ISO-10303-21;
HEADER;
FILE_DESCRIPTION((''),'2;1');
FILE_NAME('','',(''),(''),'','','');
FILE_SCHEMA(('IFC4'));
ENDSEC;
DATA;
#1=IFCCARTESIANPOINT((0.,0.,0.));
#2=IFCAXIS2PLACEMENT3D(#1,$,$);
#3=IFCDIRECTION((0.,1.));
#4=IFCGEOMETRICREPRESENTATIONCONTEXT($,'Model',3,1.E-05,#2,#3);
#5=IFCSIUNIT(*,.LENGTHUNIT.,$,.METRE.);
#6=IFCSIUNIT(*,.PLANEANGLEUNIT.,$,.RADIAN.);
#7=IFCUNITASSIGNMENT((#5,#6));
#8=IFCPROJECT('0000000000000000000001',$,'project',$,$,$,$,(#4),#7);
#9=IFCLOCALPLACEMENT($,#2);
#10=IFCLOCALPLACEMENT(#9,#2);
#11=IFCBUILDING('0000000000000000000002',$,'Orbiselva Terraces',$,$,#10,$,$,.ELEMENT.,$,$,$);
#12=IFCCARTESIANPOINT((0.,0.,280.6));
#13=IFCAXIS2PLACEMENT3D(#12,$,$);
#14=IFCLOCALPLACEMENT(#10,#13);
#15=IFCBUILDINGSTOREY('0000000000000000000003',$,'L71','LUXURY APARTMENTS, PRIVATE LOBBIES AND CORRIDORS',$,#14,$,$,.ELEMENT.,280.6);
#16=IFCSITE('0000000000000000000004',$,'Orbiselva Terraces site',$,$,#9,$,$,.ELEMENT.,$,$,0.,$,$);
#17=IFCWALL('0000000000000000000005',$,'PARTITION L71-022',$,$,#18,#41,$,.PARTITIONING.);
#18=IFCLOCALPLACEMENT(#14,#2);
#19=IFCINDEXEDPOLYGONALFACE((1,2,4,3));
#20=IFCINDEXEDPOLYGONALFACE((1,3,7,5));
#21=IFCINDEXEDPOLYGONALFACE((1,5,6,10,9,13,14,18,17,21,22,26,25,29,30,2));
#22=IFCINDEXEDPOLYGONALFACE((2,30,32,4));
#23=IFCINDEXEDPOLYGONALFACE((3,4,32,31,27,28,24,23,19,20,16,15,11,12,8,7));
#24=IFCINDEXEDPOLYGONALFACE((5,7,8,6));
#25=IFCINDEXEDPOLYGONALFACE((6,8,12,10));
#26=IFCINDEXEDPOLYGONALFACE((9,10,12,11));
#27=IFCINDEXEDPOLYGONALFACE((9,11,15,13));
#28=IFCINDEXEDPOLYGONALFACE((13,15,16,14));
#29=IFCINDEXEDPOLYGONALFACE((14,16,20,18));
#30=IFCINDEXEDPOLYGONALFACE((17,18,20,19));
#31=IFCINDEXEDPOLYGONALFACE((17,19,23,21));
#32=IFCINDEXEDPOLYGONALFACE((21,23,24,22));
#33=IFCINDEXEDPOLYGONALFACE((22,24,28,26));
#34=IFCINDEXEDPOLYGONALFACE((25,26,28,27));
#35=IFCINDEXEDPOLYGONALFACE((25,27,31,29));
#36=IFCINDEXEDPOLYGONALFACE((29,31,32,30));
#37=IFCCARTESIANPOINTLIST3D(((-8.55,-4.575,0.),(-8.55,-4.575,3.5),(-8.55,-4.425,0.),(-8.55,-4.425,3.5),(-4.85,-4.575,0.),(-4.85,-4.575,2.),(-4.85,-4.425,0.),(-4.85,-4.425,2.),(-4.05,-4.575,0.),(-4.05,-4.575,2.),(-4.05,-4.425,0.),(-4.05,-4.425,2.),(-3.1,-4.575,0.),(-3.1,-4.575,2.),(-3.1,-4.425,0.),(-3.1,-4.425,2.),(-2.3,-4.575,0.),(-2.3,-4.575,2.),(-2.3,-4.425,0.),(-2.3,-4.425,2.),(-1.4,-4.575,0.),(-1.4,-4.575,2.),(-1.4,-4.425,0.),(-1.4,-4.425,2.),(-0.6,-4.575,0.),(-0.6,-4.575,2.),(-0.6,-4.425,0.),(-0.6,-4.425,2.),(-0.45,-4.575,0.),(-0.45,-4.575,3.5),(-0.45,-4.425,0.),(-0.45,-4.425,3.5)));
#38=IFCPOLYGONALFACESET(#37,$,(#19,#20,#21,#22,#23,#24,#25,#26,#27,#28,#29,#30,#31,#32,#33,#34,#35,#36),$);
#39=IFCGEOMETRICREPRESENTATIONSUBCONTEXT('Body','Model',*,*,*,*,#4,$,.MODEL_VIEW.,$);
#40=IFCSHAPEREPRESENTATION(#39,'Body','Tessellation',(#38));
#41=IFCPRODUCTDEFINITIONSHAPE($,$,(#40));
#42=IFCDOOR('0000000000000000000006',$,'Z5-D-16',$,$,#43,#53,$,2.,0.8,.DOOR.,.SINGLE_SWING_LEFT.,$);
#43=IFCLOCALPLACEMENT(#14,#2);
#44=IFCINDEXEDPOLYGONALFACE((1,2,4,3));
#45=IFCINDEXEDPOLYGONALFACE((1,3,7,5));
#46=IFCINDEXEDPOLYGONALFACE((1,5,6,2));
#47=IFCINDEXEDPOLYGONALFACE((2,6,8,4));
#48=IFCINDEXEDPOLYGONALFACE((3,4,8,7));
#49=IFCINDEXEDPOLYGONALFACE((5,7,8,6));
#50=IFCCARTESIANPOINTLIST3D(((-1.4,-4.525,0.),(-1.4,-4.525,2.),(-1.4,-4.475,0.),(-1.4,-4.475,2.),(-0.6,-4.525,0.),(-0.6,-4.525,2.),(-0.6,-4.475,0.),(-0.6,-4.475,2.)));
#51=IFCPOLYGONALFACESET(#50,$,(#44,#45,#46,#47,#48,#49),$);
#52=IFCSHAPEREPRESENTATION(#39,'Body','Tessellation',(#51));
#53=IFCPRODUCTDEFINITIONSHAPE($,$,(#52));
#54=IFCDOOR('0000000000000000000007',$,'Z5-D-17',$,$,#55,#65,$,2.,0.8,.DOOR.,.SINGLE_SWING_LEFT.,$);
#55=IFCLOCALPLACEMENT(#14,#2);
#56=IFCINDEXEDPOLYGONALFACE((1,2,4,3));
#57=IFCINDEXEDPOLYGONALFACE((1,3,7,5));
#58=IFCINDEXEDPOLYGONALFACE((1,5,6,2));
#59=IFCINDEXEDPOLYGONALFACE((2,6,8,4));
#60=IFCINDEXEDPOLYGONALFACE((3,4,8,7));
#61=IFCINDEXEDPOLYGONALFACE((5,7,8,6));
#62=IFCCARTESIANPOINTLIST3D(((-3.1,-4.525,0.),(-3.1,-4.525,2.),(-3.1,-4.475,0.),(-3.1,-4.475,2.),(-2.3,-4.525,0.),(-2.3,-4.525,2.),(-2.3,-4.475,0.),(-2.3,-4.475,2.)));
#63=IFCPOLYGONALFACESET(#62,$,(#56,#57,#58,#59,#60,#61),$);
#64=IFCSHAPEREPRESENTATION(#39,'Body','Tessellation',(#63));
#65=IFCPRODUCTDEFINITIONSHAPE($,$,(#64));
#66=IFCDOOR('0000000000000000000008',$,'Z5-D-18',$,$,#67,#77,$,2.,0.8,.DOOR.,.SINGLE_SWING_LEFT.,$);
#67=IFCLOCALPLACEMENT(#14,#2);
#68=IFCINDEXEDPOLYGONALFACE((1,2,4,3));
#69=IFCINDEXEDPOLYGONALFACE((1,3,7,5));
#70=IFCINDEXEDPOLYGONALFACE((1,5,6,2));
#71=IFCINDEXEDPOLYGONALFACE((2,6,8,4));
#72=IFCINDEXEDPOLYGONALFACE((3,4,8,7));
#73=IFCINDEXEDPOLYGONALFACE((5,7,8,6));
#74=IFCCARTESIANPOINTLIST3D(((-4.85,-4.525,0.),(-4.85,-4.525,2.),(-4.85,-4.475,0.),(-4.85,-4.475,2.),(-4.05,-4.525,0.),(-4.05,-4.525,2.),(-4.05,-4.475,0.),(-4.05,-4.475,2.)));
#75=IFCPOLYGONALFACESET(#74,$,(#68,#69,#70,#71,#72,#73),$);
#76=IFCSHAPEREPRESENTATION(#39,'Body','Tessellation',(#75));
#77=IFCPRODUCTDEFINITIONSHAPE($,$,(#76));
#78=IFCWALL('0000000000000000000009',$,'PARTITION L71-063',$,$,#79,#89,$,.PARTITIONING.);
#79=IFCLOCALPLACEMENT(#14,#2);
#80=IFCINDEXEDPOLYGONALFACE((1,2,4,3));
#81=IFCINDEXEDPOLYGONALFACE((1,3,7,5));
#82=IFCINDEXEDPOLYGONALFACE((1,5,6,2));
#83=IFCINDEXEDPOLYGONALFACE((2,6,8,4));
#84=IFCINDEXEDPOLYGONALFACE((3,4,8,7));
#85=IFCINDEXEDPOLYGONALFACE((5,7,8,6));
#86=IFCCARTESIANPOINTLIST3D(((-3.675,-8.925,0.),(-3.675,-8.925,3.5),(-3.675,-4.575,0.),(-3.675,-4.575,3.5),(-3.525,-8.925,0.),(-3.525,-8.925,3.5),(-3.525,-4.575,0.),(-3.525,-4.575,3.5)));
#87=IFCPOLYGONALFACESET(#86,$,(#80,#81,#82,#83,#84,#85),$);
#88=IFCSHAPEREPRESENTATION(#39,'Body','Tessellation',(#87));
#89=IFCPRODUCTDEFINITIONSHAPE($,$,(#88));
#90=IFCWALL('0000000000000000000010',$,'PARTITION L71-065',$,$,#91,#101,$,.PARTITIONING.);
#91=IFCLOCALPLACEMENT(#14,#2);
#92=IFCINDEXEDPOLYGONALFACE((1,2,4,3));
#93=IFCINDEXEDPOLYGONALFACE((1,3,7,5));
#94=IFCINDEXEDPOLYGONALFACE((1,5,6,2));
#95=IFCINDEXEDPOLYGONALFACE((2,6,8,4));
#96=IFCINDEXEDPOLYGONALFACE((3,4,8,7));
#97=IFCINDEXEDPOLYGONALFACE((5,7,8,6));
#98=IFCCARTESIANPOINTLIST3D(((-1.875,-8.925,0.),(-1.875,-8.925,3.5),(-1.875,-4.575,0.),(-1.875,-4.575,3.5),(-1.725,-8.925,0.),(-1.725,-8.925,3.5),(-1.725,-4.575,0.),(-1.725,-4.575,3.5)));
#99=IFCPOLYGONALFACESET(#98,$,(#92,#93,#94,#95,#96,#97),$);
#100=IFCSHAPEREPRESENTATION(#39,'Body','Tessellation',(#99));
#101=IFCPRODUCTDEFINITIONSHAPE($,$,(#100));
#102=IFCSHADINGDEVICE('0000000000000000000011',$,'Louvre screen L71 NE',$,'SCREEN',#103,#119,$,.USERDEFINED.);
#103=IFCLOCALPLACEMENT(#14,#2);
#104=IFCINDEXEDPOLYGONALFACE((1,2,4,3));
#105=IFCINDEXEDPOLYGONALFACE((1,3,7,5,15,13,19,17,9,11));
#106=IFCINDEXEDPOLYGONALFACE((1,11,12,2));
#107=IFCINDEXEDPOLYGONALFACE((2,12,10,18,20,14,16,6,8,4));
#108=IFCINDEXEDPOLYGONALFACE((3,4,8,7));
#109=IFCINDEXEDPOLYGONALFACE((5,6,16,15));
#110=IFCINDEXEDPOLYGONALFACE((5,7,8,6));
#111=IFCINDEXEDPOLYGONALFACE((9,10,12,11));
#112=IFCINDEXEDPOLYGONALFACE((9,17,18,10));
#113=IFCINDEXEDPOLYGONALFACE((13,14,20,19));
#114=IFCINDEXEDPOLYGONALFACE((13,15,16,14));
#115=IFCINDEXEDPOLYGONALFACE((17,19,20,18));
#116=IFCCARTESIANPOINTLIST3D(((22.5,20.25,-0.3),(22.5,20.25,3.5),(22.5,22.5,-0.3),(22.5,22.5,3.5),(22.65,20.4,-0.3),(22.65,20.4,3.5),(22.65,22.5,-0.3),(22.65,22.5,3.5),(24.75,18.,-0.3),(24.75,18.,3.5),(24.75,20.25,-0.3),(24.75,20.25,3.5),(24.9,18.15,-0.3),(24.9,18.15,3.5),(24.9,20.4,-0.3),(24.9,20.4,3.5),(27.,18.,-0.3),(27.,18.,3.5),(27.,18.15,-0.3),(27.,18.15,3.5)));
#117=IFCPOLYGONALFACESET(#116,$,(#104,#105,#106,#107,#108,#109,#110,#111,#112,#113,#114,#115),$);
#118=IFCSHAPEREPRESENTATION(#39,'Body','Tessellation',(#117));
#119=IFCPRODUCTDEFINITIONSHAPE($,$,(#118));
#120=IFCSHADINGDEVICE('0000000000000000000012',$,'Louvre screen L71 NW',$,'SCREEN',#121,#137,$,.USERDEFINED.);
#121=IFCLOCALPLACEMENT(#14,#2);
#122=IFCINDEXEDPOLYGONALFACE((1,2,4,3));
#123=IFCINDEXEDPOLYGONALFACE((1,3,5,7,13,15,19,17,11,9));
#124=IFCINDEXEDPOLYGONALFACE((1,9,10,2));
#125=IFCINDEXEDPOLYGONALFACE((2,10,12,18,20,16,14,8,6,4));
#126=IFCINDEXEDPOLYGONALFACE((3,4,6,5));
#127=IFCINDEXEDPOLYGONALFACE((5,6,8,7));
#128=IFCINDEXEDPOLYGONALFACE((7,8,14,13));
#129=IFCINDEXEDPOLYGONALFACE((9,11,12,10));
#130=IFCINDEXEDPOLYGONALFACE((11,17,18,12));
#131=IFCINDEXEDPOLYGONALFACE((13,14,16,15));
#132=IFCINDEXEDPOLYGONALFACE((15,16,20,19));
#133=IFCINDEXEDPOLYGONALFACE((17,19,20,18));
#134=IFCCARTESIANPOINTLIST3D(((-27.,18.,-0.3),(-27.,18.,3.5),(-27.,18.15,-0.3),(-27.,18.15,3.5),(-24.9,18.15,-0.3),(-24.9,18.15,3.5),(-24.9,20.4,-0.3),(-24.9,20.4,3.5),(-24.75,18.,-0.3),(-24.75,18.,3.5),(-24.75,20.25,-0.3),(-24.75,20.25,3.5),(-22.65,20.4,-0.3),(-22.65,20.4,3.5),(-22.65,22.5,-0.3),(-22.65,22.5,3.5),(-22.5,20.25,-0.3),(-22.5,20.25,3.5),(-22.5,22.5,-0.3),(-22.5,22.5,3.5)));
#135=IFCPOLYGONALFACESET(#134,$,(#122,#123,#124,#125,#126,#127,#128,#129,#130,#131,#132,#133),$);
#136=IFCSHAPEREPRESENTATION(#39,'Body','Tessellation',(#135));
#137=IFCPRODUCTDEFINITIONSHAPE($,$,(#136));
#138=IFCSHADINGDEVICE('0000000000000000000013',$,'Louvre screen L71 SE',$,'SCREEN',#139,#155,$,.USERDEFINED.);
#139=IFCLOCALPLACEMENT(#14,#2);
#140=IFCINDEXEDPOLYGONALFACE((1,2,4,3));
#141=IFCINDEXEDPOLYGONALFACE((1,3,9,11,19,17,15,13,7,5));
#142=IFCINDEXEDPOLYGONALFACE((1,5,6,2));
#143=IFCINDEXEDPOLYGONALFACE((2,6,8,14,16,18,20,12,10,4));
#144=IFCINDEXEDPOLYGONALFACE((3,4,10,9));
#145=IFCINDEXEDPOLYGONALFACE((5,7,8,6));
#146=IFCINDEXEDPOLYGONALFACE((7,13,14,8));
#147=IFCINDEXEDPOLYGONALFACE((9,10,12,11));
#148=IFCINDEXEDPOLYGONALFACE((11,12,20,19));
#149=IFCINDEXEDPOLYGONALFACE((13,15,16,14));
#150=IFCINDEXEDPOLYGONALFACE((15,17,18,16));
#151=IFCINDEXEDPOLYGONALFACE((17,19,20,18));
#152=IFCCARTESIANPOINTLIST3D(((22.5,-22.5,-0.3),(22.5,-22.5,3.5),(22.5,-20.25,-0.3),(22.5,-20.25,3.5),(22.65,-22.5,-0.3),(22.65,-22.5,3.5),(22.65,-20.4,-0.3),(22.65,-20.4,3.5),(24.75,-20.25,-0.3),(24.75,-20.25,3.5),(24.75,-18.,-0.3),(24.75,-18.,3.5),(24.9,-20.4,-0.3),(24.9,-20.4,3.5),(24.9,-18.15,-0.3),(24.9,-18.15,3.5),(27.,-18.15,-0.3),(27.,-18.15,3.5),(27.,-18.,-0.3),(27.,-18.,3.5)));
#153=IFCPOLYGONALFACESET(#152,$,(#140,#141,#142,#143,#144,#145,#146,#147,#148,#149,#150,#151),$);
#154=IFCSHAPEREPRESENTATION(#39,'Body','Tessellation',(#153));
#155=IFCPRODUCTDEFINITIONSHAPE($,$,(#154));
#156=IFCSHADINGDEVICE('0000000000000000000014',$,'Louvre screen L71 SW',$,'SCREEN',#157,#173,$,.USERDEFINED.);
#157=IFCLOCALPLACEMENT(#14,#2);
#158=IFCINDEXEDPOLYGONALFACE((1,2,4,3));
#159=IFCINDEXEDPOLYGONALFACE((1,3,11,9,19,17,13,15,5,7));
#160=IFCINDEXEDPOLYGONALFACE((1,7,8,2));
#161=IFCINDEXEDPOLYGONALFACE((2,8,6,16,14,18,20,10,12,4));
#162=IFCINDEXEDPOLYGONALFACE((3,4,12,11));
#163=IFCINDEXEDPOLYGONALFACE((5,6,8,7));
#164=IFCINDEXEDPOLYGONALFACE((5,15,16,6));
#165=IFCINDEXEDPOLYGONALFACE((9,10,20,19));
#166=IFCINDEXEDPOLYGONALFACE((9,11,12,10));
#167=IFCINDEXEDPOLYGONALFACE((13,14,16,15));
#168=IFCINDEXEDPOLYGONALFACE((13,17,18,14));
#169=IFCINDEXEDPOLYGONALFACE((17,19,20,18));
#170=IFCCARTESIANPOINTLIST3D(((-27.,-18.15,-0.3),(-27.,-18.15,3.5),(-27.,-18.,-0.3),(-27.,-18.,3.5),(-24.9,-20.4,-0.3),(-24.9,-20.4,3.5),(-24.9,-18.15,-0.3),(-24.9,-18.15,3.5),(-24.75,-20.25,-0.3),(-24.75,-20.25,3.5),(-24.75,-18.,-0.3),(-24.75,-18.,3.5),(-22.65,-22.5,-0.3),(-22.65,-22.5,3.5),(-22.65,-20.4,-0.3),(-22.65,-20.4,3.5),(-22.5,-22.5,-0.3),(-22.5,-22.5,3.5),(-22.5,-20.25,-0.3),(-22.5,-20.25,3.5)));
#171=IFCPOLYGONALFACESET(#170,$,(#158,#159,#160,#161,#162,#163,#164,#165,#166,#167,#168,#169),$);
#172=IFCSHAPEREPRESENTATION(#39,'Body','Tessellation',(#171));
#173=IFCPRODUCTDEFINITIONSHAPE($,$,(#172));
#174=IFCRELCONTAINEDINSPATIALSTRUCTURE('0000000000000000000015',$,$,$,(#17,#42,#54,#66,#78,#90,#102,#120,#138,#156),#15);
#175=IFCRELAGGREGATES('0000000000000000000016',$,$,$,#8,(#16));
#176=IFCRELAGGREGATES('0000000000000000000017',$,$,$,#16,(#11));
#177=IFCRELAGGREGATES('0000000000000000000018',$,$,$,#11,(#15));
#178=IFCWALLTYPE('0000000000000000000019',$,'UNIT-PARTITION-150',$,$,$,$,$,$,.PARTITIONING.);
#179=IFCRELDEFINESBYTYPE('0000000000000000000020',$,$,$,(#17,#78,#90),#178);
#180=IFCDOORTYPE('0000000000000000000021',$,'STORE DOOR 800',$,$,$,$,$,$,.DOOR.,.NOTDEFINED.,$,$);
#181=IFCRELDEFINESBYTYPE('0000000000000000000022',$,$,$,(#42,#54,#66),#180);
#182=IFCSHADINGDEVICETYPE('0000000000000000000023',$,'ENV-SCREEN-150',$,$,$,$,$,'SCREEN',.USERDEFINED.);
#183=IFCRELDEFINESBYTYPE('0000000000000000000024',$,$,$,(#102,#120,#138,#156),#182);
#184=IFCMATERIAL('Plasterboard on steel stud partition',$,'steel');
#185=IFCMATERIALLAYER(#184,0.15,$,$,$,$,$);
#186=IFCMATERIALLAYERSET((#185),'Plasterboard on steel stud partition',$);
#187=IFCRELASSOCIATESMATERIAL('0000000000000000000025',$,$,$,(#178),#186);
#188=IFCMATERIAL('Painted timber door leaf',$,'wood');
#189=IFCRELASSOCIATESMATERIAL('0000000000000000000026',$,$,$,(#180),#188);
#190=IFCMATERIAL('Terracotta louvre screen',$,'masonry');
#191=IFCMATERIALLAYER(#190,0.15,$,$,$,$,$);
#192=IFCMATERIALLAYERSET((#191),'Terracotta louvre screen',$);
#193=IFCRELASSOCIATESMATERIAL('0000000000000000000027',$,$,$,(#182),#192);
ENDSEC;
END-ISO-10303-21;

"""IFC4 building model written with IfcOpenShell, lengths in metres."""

from ifc_helpers import new_model, si_unit, direction, frame, frame_2d, origin, place, context, subcontext, project, spatial, polyline, rectangle, outline, extrude, material, layer, layer_set, type_object, element, fill, save


model = new_model("IFC4")

# Units and contexts
model_context = context("Model", 3, precision=1e-05, world=origin(), true_north=direction((0.0, 1.0)))
body_context = subcontext(model_context, "Body", "Model", "MODEL_VIEW")
ifc_project = project(units=[si_unit("LENGTHUNIT", "METRE"), si_unit("PLANEANGLEUNIT", "RADIAN")], contexts=[model_context])

# Site, building, storey
site_placement = place(None, origin())
site = spatial("IfcSite", under=ifc_project, at=site_placement, Name="Orbiselva Terraces site", CompositionType="ELEMENT", RefElevation=0.0)
building_placement = place(site_placement, origin())
building = spatial("IfcBuilding", under=site, at=building_placement, Name="Orbiselva Terraces", CompositionType="ELEMENT")
storey_placement = place(building_placement, frame((0.0, 0.0, 280.6)))
storey = spatial("IfcBuildingStorey", under=building, at=storey_placement, Name="L71", Description="LUXURY APARTMENTS, PRIVATE LOBBIES AND CORRIDORS", CompositionType="ELEMENT", Elevation=280.6)

# Wall, openings, doors
ifc_material_1 = material(Name="Plasterboard on steel stud partition", Category="steel")
ifc_layer_1 = layer(ifc_material_1, 0.15)
ifc_layer_set_1 = layer_set([ifc_layer_1], Name="Plasterboard on steel stud partition")
wall_type_1 = type_object("IfcWallType", Name="UNIT-PARTITION-150", PredefinedType="PARTITIONING", material=ifc_layer_set_1)
wall_1_placement = place(storey_placement, frame((-0.45, -4.5, 0.0), z_axis=(0.0, 0.0, 1.0), x_axis=(-1.0, 0.0, 0.0)))
wall_1 = element("IfcWall", 1, at=wall_1_placement, inside=storey, type_object=wall_type_1, Name="PARTITION L71-022", PredefinedType="PARTITIONING", context=body_context, shape_type="SweptSolid", body=[
    extrude(rectangle(XDim=8.1, YDim=0.15, at=frame_2d((4.05, 0.0))), origin(), (0.0, 0.0, 1.0), 3.5),
])
opening_1_placement = place(wall_1_placement, frame((0.15, 0.0, 0.0)))
opening_1 = element("IfcOpeningElement", 2, at=opening_1_placement, cuts=wall_1, PredefinedType="OPENING", context=body_context, shape_type="SweptSolid", body=[
    extrude(rectangle(XDim=0.8, YDim=2.0, at=frame_2d((0.4, 1.0))), frame((0.0, 0.085, 0.0), z_axis=(0.0, -1.0, 0.0), x_axis=(1.0, 0.0, 0.0)), (0.0, 0.0, 1.0), 0.17),
])
opening_2_placement = place(wall_1_placement, frame((1.85, 0.0, 0.0)))
opening_2 = element("IfcOpeningElement", 3, at=opening_2_placement, cuts=wall_1, PredefinedType="OPENING", context=body_context, shape_type="SweptSolid", body=[
    extrude(rectangle(XDim=0.8, YDim=2.0, at=frame_2d((0.4, 1.0))), frame((0.0, 0.085, 0.0), z_axis=(0.0, -1.0, 0.0), x_axis=(1.0, 0.0, 0.0)), (0.0, 0.0, 1.0), 0.17),
])
opening_3_placement = place(wall_1_placement, frame((3.6, 0.0, 0.0)))
opening_3 = element("IfcOpeningElement", 4, at=opening_3_placement, cuts=wall_1, PredefinedType="OPENING", context=body_context, shape_type="SweptSolid", body=[
    extrude(rectangle(XDim=0.8, YDim=2.0, at=frame_2d((0.4, 1.0))), frame((0.0, 0.085, 0.0), z_axis=(0.0, -1.0, 0.0), x_axis=(1.0, 0.0, 0.0)), (0.0, 0.0, 1.0), 0.17),
])
ifc_material_2 = material(Name="Painted timber door leaf", Category="wood")
door_type = type_object("IfcDoorType", Name="STORE DOOR 800", OperationType="NOTDEFINED", PredefinedType="DOOR", material=ifc_material_2)
door_1_placement = place(opening_1_placement, origin())
door_1 = element("IfcDoor", 5, at=door_1_placement, inside=storey, type_object=door_type, Name="Z5-D-16", OperationType="SINGLE_SWING_LEFT", OverallHeight=2.0, OverallWidth=0.8, PredefinedType="DOOR", context=body_context, shape_type="SweptSolid", body=[
    extrude(rectangle(XDim=0.8, YDim=2.0, at=frame_2d((0.4, 1.0))), frame((0.0, 0.025, 0.0), z_axis=(0.0, -1.0, 0.0), x_axis=(1.0, 0.0, 0.0)), (0.0, 0.0, 1.0), 0.05),
])
fill(opening_1, door_1)
door_2_placement = place(opening_2_placement, origin())
door_2 = element("IfcDoor", 6, at=door_2_placement, inside=storey, type_object=door_type, Name="Z5-D-17", OperationType="SINGLE_SWING_LEFT", OverallHeight=2.0, OverallWidth=0.8, PredefinedType="DOOR", context=body_context, shape_type="SweptSolid", body=[
    extrude(rectangle(XDim=0.8, YDim=2.0, at=frame_2d((0.4, 1.0))), frame((0.0, 0.025, 0.0), z_axis=(0.0, -1.0, 0.0), x_axis=(1.0, 0.0, 0.0)), (0.0, 0.0, 1.0), 0.05),
])
fill(opening_2, door_2)
door_3_placement = place(opening_3_placement, origin())
door_3 = element("IfcDoor", 7, at=door_3_placement, inside=storey, type_object=door_type, Name="Z5-D-18", OperationType="SINGLE_SWING_LEFT", OverallHeight=2.0, OverallWidth=0.8, PredefinedType="DOOR", context=body_context, shape_type="SweptSolid", body=[
    extrude(rectangle(XDim=0.8, YDim=2.0, at=frame_2d((0.4, 1.0))), frame((0.0, 0.025, 0.0), z_axis=(0.0, -1.0, 0.0), x_axis=(1.0, 0.0, 0.0)), (0.0, 0.0, 1.0), 0.05),
])
fill(opening_3, door_3)

# Walls
for number, where, z_axis, x_axis, name in (
    (8, (-3.6, -8.925, 0.0), (0.0, 0.0, 1.0), (0.0, 1.0, 0.0), "PARTITION L71-063"),
    (9, (-1.8, -8.925, 0.0), (0.0, 0.0, 1.0), (0.0, 1.0, 0.0), "PARTITION L71-065"),
):
    element("IfcWall", number, at=place(storey_placement, frame(where, z_axis=z_axis, x_axis=x_axis)), inside=storey, type_object=wall_type_1, Name=name, PredefinedType="PARTITIONING", context=body_context, shape_type="SweptSolid", body=[
        extrude(rectangle(XDim=4.35, YDim=0.15, at=frame_2d((2.175, 0.0))), origin(), (0.0, 0.0, 1.0), 3.5),
    ])

# Shading devices
ifc_material_3 = material(Name="Terracotta louvre screen", Category="masonry")
ifc_layer_2 = layer(ifc_material_3, 0.15)
ifc_layer_set_2 = layer_set([ifc_layer_2], Name="Terracotta louvre screen")
shading_device_type_1 = type_object("IfcShadingDeviceType", Name="ENV-SCREEN-150", ElementType="SCREEN", PredefinedType="USERDEFINED", material=ifc_layer_set_2)
shading_device_1_placement = place(storey_placement, frame((0.0, 0.0, -0.3)))
element("IfcShadingDevice", 10, at=shading_device_1_placement, inside=storey, type_object=shading_device_type_1, Name="Louvre screen L71 NE", ObjectType="SCREEN", PredefinedType="USERDEFINED", context=body_context, shape_type="SweptSolid", body=[
    extrude(outline(polyline([(27.0, 18.15), (24.9, 18.15), (24.9, 20.4), (22.65, 20.4), (22.65, 22.5), (22.5, 22.5), (22.5, 20.25), (24.75, 20.25), (24.75, 18.0), (27.0, 18.0), (27.0, 18.15)])), origin(), (0.0, 0.0, 1.0), 3.8),
])
shading_device_2_placement = place(storey_placement, frame((0.0, 0.0, -0.3)))
element("IfcShadingDevice", 11, at=shading_device_2_placement, inside=storey, type_object=shading_device_type_1, Name="Louvre screen L71 NW", ObjectType="SCREEN", PredefinedType="USERDEFINED", context=body_context, shape_type="SweptSolid", body=[
    extrude(outline(polyline([(-22.65, 22.5), (-22.65, 20.4), (-24.9, 20.4), (-24.9, 18.15), (-27.0, 18.15), (-27.0, 18.0), (-24.75, 18.0), (-24.75, 20.25), (-22.5, 20.25), (-22.5, 22.5), (-22.65, 22.5)])), origin(), (0.0, 0.0, 1.0), 3.8),
])
shading_device_3_placement = place(storey_placement, frame((0.0, 0.0, -0.3)))
element("IfcShadingDevice", 12, at=shading_device_3_placement, inside=storey, type_object=shading_device_type_1, Name="Louvre screen L71 SE", ObjectType="SCREEN", PredefinedType="USERDEFINED", context=body_context, shape_type="SweptSolid", body=[
    extrude(outline(polyline([(22.65, -22.5), (22.65, -20.4), (24.9, -20.4), (24.9, -18.15), (27.0, -18.15), (27.0, -18.0), (24.75, -18.0), (24.75, -20.25), (22.5, -20.25), (22.5, -22.5), (22.65, -22.5)])), origin(), (0.0, 0.0, 1.0), 3.8),
])
shading_device_4_placement = place(storey_placement, frame((0.0, 0.0, -0.3)))
element("IfcShadingDevice", 13, at=shading_device_4_placement, inside=storey, type_object=shading_device_type_1, Name="Louvre screen L71 SW", ObjectType="SCREEN", PredefinedType="USERDEFINED", context=body_context, shape_type="SweptSolid", body=[
    extrude(outline(polyline([(-27.0, -18.15), (-24.9, -18.15), (-24.9, -20.4), (-22.65, -20.4), (-22.65, -22.5), (-22.5, -22.5), (-22.5, -20.25), (-24.75, -20.25), (-24.75, -18.0), (-27.0, -18.0), (-27.0, -18.15)])), origin(), (0.0, 0.0, 1.0), 3.8),
])

save(model, "model.ifc")
